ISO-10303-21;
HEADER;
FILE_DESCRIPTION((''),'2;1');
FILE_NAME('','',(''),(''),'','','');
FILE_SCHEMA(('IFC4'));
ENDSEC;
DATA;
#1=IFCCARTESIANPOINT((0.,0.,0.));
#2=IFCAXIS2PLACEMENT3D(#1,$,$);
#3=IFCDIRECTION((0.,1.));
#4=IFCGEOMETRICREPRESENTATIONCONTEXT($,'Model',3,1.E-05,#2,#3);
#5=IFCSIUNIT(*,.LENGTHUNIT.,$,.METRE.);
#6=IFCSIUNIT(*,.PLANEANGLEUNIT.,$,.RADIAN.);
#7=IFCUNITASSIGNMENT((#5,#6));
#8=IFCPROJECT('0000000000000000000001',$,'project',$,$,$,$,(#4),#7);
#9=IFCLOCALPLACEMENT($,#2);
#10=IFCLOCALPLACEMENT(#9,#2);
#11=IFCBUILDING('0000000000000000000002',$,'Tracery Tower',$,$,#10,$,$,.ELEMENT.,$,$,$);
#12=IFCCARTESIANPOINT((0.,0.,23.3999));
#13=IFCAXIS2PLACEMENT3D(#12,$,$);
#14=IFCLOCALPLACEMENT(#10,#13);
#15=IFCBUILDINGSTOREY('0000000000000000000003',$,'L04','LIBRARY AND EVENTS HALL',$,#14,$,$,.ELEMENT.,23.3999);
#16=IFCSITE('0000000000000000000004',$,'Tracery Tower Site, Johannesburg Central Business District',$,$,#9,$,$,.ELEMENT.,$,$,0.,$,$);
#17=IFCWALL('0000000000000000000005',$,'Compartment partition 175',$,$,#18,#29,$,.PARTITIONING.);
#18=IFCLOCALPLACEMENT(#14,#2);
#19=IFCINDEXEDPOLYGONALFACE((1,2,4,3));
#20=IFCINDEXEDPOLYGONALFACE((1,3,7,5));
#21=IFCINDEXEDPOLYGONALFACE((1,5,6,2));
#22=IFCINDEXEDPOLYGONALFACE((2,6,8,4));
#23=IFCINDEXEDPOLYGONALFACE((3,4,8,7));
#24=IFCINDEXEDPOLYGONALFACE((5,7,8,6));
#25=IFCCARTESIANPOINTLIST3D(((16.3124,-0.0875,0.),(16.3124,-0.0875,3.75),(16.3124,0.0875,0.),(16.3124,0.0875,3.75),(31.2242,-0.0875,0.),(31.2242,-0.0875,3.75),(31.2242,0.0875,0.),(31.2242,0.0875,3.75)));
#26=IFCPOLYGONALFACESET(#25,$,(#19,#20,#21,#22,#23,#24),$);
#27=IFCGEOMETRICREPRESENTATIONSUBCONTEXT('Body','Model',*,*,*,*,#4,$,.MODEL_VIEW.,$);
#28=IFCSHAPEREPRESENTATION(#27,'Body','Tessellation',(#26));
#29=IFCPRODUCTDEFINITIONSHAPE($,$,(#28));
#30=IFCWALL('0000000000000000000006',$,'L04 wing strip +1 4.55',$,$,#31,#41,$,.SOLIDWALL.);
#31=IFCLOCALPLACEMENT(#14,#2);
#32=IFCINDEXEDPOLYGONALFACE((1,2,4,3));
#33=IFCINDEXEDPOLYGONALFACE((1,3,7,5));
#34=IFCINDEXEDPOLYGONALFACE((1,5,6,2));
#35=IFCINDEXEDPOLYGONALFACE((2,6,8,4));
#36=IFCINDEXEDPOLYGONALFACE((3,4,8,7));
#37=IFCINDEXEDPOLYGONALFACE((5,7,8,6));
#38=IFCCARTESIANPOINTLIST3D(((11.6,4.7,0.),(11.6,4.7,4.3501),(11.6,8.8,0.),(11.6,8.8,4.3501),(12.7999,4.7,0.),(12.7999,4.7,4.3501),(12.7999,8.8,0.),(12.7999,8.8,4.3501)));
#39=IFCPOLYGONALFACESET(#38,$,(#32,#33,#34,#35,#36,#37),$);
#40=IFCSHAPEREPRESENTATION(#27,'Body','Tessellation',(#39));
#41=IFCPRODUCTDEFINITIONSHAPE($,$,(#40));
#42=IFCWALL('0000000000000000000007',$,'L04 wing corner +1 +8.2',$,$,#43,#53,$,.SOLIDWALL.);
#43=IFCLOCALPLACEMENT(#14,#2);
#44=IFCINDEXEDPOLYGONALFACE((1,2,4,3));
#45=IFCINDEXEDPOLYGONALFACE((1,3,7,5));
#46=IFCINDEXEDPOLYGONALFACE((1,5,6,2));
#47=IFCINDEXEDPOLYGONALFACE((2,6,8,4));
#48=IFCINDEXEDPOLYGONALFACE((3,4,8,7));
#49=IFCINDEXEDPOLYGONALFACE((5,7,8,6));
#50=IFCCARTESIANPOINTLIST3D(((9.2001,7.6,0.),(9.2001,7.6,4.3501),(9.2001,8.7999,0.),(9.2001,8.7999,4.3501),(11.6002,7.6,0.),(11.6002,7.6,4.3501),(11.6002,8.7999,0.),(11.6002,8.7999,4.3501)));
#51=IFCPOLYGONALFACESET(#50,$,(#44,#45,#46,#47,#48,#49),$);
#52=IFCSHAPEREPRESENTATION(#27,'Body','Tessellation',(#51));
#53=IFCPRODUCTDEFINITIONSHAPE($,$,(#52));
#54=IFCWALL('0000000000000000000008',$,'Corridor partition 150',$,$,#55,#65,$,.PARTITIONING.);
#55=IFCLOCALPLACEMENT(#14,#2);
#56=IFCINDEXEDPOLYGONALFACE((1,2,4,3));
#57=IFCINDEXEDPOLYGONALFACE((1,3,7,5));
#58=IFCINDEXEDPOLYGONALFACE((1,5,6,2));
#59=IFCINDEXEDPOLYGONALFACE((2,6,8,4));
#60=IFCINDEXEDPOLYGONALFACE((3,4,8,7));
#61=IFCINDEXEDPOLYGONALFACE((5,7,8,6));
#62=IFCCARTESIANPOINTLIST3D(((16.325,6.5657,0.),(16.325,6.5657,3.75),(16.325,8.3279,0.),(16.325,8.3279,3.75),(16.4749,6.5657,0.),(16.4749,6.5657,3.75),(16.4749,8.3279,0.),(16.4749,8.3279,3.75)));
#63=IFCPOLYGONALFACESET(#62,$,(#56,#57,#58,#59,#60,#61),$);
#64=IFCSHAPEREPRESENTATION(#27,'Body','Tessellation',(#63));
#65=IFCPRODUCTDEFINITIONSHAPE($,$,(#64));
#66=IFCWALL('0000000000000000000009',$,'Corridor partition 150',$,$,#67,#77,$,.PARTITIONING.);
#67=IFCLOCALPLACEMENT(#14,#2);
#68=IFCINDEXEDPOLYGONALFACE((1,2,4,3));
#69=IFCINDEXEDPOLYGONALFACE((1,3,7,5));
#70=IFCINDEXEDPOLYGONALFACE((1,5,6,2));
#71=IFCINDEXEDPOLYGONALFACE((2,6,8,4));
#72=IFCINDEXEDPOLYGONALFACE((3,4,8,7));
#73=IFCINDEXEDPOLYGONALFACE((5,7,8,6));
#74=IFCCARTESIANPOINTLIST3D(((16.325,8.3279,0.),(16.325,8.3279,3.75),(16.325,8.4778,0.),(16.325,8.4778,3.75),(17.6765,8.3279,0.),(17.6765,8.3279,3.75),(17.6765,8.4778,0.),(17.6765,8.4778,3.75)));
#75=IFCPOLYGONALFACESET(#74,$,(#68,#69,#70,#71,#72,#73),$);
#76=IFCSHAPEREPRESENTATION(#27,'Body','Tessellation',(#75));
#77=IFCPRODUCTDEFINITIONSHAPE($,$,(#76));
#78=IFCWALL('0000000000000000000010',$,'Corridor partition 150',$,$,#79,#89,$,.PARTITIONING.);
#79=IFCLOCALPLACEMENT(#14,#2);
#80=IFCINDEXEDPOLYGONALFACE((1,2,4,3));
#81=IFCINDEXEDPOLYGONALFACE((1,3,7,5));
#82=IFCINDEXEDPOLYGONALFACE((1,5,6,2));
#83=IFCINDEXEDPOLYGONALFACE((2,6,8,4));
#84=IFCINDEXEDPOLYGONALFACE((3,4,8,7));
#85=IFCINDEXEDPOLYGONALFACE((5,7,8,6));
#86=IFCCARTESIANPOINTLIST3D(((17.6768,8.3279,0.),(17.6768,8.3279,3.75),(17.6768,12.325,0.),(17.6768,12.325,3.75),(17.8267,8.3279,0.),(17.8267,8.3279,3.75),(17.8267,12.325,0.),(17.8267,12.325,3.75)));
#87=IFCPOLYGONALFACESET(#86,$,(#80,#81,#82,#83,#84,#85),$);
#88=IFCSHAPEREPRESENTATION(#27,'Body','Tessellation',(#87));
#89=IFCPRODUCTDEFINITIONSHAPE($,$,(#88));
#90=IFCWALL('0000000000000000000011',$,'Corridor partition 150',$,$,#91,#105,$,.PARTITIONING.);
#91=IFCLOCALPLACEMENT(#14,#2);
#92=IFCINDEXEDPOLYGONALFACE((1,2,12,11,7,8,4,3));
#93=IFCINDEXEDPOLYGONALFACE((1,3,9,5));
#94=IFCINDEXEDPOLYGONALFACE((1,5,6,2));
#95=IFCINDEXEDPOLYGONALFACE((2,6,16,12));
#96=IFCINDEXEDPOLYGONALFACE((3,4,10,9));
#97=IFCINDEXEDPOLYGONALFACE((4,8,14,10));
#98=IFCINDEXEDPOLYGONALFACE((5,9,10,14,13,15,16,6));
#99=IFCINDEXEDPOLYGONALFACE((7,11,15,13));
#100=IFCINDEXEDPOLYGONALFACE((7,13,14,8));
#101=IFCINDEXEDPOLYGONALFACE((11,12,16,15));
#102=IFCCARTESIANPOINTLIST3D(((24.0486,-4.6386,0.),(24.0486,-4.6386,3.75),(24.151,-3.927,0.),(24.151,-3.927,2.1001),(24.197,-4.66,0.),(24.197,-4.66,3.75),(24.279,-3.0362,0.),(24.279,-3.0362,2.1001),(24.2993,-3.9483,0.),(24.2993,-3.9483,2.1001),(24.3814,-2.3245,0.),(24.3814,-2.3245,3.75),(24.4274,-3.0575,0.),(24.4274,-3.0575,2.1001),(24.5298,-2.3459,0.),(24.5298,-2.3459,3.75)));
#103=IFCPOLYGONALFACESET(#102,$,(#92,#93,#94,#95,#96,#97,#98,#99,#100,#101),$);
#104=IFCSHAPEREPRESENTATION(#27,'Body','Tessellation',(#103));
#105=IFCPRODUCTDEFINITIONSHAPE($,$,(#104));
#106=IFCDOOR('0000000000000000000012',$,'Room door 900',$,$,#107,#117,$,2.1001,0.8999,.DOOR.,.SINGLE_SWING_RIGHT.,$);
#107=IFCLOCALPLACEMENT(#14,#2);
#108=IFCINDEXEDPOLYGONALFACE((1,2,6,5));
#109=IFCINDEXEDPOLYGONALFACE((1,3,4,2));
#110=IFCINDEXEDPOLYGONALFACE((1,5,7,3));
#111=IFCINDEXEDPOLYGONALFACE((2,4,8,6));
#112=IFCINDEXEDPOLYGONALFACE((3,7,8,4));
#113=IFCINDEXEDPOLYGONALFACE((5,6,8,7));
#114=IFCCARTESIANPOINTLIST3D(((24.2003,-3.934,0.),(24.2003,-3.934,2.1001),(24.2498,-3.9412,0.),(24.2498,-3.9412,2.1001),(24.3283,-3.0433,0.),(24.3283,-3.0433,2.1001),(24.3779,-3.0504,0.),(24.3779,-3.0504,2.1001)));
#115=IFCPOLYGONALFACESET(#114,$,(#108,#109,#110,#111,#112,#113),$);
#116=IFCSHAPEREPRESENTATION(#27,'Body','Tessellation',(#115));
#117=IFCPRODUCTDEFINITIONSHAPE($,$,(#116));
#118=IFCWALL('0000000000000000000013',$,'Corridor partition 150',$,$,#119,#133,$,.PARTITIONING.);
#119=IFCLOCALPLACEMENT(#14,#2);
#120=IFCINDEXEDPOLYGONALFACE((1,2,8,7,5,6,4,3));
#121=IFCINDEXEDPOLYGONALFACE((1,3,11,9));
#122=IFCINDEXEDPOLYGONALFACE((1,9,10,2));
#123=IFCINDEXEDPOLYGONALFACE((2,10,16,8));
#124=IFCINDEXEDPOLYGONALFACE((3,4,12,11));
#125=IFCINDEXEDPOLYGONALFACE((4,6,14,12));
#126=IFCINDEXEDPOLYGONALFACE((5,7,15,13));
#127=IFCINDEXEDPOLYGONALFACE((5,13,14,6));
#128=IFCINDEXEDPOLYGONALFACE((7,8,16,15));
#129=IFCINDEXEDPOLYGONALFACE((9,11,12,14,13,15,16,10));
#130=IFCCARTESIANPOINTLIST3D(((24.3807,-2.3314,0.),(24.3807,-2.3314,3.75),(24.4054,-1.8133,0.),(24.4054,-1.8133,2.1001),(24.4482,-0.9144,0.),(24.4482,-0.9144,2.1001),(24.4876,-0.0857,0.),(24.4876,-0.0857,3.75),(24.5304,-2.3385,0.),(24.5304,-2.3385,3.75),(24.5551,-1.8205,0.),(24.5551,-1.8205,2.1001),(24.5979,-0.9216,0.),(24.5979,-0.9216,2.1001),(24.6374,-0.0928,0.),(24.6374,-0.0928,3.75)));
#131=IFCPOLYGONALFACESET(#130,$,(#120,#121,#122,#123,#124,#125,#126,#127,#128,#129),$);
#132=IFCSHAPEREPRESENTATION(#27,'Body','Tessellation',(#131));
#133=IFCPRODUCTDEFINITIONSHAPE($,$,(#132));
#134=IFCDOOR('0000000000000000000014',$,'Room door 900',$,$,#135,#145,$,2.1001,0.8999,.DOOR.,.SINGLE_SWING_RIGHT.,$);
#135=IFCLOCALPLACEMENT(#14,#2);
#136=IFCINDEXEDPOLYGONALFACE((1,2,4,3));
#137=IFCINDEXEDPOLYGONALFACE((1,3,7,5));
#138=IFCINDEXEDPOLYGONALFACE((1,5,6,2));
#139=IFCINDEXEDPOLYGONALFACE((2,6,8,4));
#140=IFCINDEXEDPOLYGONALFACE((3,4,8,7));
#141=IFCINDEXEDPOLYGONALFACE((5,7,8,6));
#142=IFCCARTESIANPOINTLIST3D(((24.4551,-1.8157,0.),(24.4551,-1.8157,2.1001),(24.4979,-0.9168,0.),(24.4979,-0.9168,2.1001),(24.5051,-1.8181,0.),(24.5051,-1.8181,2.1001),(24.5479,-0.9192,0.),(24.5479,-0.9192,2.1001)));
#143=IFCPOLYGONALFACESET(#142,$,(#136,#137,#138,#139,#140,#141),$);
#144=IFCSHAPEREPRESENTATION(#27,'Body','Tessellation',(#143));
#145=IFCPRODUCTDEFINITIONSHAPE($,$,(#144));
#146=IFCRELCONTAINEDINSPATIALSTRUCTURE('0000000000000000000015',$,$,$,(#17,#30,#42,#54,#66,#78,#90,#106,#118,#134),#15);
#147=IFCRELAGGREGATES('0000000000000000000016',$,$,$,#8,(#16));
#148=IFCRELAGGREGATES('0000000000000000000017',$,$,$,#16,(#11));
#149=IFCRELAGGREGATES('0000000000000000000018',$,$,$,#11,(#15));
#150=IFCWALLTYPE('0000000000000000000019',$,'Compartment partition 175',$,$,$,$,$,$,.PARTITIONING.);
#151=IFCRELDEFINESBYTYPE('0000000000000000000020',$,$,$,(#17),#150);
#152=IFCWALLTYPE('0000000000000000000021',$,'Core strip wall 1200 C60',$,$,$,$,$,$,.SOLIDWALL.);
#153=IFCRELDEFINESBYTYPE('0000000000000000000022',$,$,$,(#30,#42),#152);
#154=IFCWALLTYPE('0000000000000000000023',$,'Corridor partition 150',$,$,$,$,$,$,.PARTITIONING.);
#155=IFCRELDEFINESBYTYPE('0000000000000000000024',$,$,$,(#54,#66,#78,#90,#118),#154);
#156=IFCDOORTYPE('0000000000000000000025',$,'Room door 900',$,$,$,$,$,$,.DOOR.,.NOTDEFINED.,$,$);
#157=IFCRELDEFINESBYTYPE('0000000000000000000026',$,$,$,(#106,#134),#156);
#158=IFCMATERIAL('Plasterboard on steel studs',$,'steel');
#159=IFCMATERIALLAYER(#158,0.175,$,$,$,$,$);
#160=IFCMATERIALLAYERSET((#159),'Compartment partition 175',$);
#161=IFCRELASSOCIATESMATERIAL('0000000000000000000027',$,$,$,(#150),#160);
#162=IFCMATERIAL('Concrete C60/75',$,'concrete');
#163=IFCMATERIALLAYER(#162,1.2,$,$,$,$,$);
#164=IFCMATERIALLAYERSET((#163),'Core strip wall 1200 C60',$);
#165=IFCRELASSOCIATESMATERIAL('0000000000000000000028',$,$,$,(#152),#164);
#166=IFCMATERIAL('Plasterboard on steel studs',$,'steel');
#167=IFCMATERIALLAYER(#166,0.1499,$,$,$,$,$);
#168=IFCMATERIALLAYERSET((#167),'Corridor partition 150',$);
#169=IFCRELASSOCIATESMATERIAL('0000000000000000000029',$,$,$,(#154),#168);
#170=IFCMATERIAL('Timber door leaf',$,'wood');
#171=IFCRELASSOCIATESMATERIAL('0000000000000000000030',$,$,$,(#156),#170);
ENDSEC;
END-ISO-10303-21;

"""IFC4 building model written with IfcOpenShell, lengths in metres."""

from ifc_helpers import new_model, si_unit, direction, frame, frame_2d, origin, place, context, subcontext, project, spatial, rectangle, extrude, material, layer, layer_set, type_object, element, fill, save


model = new_model("IFC4")

# Units and contexts
model_context = context("Model", 3, precision=1e-05, world=origin(), true_north=direction((0.0, 1.0)))
body_context = subcontext(model_context, "Body", "Model", "MODEL_VIEW")
ifc_project = project(units=[si_unit("LENGTHUNIT", "METRE"), si_unit("PLANEANGLEUNIT", "RADIAN")], contexts=[model_context])

# Site, building, storey
site_placement = place(None, origin())
site = spatial("IfcSite", under=ifc_project, at=site_placement, Name="Tracery Tower Site, Johannesburg Central Business District", CompositionType="ELEMENT", RefElevation=0.0)
building_placement = place(site_placement, origin())
building = spatial("IfcBuilding", under=site, at=building_placement, Name="Tracery Tower", CompositionType="ELEMENT")
storey_placement = place(building_placement, frame((0.0, 0.0, 23.3999)))
storey = spatial("IfcBuildingStorey", under=building, at=storey_placement, Name="L04", Description="LIBRARY AND EVENTS HALL", CompositionType="ELEMENT", Elevation=23.3999)

# Shared definitions
ifc_material_1 = material(Name="Plasterboard on steel studs", Category="steel")
ifc_layer_1 = layer(ifc_material_1, 0.175)
ifc_layer_set_1 = layer_set([ifc_layer_1], Name="Compartment partition 175")
wall_type_1 = type_object("IfcWallType", Name="Compartment partition 175", PredefinedType="PARTITIONING", material=ifc_layer_set_1)

# Walls
wall_1_placement = place(storey_placement, frame((31.2244, 0.0, 0.0), z_axis=(0.0, 0.0, 1.0), x_axis=(-1.0, 0.0, 0.0)))
element("IfcWall", 1, at=wall_1_placement, inside=storey, type_object=wall_type_1, Name="Compartment partition 175", PredefinedType="PARTITIONING", context=body_context, shape_type="SweptSolid", body=[
    extrude(rectangle(XDim=14.9119, YDim=0.175, at=frame_2d((7.4561, 0.0))), origin(), (0.0, 0.0, 1.0), 3.75),
])
ifc_material_2 = material(Name="Concrete C60/75", Category="concrete")
ifc_layer_2 = layer(ifc_material_2, 1.2)
ifc_layer_set_2 = layer_set([ifc_layer_2], Name="Core strip wall 1200 C60")
wall_type_2 = type_object("IfcWallType", Name="Core strip wall 1200 C60", PredefinedType="SOLIDWALL", material=ifc_layer_set_2)
wall_2_placement = place(storey_placement, frame((12.2, 4.7, 0.0), z_axis=(0.0, 0.0, 1.0), x_axis=(0.0, 1.0, 0.0)))
element("IfcWall", 2, at=wall_2_placement, inside=storey, type_object=wall_type_2, Name="L04 wing strip +1 4.55", PredefinedType="SOLIDWALL", context=body_context, shape_type="SweptSolid", body=[
    extrude(rectangle(XDim=4.1001, YDim=1.2, at=frame_2d((2.05, 0.0))), origin(), (0.0, 0.0, 1.0), 4.3501),
])
wall_3_placement = place(storey_placement, frame((9.2, 8.2, 0.0), z_axis=(0.0, 0.0, 1.0), x_axis=(1.0, 0.0, 0.0)))
element("IfcWall", 3, at=wall_3_placement, inside=storey, type_object=wall_type_2, Name="L04 wing corner +1 +8.2", PredefinedType="SOLIDWALL", context=body_context, shape_type="SweptSolid", body=[
    extrude(rectangle(XDim=2.4001, YDim=1.2, at=frame_2d((1.2002, 0.0))), origin(), (0.0, 0.0, 1.0), 4.3501),
])
ifc_material_3 = material(Name="Plasterboard on steel studs", Category="steel")
ifc_layer_3 = layer(ifc_material_3, 0.1499)
ifc_layer_set_3 = layer_set([ifc_layer_3], Name="Corridor partition 150")
wall_type_3 = type_object("IfcWallType", Name="Corridor partition 150", PredefinedType="PARTITIONING", material=ifc_layer_set_3)
wall_4_placement = place(storey_placement, frame((16.3999, 6.5657, 0.0), z_axis=(0.0, 0.0, 1.0), x_axis=(0.0, 1.0, 0.0)))
element("IfcWall", 4, at=wall_4_placement, inside=storey, type_object=wall_type_3, Name="Corridor partition 150", PredefinedType="PARTITIONING", context=body_context, shape_type="SweptSolid", body=[
    extrude(rectangle(XDim=1.7622, YDim=0.1499, at=frame_2d((0.8811, 0.0))), origin(), (0.0, 0.0, 1.0), 3.75),
])
wall_5_placement = place(storey_placement, frame((16.325, 8.4028, 0.0), z_axis=(0.0, 0.0, 1.0), x_axis=(1.0, 0.0, 0.0)))
element("IfcWall", 5, at=wall_5_placement, inside=storey, type_object=wall_type_3, Name="Corridor partition 150", PredefinedType="PARTITIONING", context=body_context, shape_type="SweptSolid", body=[
    extrude(rectangle(XDim=1.3516, YDim=0.1499, at=frame_2d((0.6758, 0.0))), origin(), (0.0, 0.0, 1.0), 3.75),
])
wall_6_placement = place(storey_placement, frame((17.7517, 8.3279, 0.0), z_axis=(0.0, 0.0, 1.0), x_axis=(0.0, 1.0, 0.0)))
element("IfcWall", 6, at=wall_6_placement, inside=storey, type_object=wall_type_3, Name="Corridor partition 150", PredefinedType="PARTITIONING", context=body_context, shape_type="SweptSolid", body=[
    extrude(rectangle(XDim=3.9971, YDim=0.1499, at=frame_2d((1.9985, 0.0))), origin(), (0.0, 0.0, 1.0), 3.75),
])

# Walls, openings, doors
wall_7_placement = place(storey_placement, frame((24.4556, -2.3352, 0.0), z_axis=(0.0, 0.0, 1.0), x_axis=(-0.142328, -0.98982, 0.0)))
wall_7 = element("IfcWall", 7, at=wall_7_placement, inside=storey, type_object=wall_type_3, Name="Corridor partition 150", PredefinedType="PARTITIONING", context=body_context, shape_type="SweptSolid", body=[
    extrude(rectangle(XDim=2.3379, YDim=0.1499, at=frame_2d((1.1689, 0.0))), origin(), (0.0, 0.0, 1.0), 3.75),
])
opening_1_placement = place(wall_7_placement, frame((0.719, 0.0, 0.0)))
opening_1 = element("IfcOpeningElement", 8, at=opening_1_placement, cuts=wall_7, PredefinedType="OPENING", context=body_context, shape_type="SweptSolid", body=[
    extrude(rectangle(XDim=0.8999, YDim=2.1001, at=frame_2d((0.45, 1.05))), frame((0.0, 0.075, 0.0), z_axis=(0.0, -1.0, 0.0), x_axis=(1.0, 0.0, 0.0)), (0.0, 0.0, 1.0), 0.1499),
])
ifc_material_4 = material(Name="Timber door leaf", Category="wood")
door_type_1 = type_object("IfcDoorType", Name="Room door 900", OperationType="NOTDEFINED", PredefinedType="DOOR", material=ifc_material_4)
door_1_placement = place(opening_1_placement, origin())
door_1 = element("IfcDoor", 9, at=door_1_placement, inside=storey, type_object=door_type_1, Name="Room door 900", OperationType="SINGLE_SWING_RIGHT", OverallHeight=2.1001, OverallWidth=0.8999, PredefinedType="DOOR", context=body_context, shape_type="SweptSolid", body=[
    extrude(rectangle(XDim=0.8999, YDim=2.1001, at=frame_2d((0.45, 1.05))), frame((0.0, 0.0249, 0.0), z_axis=(0.0, -1.0, 0.0), x_axis=(1.0, 0.0, 0.0)), (0.0, 0.0, 1.0), 0.05),
])
fill(opening_1, door_1)
wall_8_placement = place(storey_placement, frame((24.5625, -0.0894, 0.0), z_axis=(0.0, 0.0, 1.0), x_axis=(-0.04756, -0.998868, 0.0)))
wall_8 = element("IfcWall", 10, at=wall_8_placement, inside=storey, type_object=wall_type_3, Name="Corridor partition 150", PredefinedType="PARTITIONING", context=body_context, shape_type="SweptSolid", body=[
    extrude(rectangle(XDim=2.2483, YDim=0.1499, at=frame_2d((1.124, 0.0))), origin(), (0.0, 0.0, 1.0), 3.75),
])
opening_2_placement = place(wall_8_placement, frame((0.8296, 0.0, 0.0)))
opening_2 = element("IfcOpeningElement", 11, at=opening_2_placement, cuts=wall_8, PredefinedType="OPENING", context=body_context, shape_type="SweptSolid", body=[
    extrude(rectangle(XDim=0.8999, YDim=2.1001, at=frame_2d((0.45, 1.05))), frame((0.0, 0.075, 0.0), z_axis=(0.0, -1.0, 0.0), x_axis=(1.0, 0.0, 0.0)), (0.0, 0.0, 1.0), 0.1499),
])
door_2_placement = place(opening_2_placement, origin())
door_2 = element("IfcDoor", 12, at=door_2_placement, inside=storey, type_object=door_type_1, Name="Room door 900", OperationType="SINGLE_SWING_RIGHT", OverallHeight=2.1001, OverallWidth=0.8999, PredefinedType="DOOR", context=body_context, shape_type="SweptSolid", body=[
    extrude(rectangle(XDim=0.8999, YDim=2.1001, at=frame_2d((0.45, 1.05))), frame((0.0, 0.0249, 0.0), z_axis=(0.0, -1.0, 0.0), x_axis=(1.0, 0.0, 0.0)), (0.0, 0.0, 1.0), 0.05),
])
fill(opening_2, door_2)

save(model, "model.ifc")
